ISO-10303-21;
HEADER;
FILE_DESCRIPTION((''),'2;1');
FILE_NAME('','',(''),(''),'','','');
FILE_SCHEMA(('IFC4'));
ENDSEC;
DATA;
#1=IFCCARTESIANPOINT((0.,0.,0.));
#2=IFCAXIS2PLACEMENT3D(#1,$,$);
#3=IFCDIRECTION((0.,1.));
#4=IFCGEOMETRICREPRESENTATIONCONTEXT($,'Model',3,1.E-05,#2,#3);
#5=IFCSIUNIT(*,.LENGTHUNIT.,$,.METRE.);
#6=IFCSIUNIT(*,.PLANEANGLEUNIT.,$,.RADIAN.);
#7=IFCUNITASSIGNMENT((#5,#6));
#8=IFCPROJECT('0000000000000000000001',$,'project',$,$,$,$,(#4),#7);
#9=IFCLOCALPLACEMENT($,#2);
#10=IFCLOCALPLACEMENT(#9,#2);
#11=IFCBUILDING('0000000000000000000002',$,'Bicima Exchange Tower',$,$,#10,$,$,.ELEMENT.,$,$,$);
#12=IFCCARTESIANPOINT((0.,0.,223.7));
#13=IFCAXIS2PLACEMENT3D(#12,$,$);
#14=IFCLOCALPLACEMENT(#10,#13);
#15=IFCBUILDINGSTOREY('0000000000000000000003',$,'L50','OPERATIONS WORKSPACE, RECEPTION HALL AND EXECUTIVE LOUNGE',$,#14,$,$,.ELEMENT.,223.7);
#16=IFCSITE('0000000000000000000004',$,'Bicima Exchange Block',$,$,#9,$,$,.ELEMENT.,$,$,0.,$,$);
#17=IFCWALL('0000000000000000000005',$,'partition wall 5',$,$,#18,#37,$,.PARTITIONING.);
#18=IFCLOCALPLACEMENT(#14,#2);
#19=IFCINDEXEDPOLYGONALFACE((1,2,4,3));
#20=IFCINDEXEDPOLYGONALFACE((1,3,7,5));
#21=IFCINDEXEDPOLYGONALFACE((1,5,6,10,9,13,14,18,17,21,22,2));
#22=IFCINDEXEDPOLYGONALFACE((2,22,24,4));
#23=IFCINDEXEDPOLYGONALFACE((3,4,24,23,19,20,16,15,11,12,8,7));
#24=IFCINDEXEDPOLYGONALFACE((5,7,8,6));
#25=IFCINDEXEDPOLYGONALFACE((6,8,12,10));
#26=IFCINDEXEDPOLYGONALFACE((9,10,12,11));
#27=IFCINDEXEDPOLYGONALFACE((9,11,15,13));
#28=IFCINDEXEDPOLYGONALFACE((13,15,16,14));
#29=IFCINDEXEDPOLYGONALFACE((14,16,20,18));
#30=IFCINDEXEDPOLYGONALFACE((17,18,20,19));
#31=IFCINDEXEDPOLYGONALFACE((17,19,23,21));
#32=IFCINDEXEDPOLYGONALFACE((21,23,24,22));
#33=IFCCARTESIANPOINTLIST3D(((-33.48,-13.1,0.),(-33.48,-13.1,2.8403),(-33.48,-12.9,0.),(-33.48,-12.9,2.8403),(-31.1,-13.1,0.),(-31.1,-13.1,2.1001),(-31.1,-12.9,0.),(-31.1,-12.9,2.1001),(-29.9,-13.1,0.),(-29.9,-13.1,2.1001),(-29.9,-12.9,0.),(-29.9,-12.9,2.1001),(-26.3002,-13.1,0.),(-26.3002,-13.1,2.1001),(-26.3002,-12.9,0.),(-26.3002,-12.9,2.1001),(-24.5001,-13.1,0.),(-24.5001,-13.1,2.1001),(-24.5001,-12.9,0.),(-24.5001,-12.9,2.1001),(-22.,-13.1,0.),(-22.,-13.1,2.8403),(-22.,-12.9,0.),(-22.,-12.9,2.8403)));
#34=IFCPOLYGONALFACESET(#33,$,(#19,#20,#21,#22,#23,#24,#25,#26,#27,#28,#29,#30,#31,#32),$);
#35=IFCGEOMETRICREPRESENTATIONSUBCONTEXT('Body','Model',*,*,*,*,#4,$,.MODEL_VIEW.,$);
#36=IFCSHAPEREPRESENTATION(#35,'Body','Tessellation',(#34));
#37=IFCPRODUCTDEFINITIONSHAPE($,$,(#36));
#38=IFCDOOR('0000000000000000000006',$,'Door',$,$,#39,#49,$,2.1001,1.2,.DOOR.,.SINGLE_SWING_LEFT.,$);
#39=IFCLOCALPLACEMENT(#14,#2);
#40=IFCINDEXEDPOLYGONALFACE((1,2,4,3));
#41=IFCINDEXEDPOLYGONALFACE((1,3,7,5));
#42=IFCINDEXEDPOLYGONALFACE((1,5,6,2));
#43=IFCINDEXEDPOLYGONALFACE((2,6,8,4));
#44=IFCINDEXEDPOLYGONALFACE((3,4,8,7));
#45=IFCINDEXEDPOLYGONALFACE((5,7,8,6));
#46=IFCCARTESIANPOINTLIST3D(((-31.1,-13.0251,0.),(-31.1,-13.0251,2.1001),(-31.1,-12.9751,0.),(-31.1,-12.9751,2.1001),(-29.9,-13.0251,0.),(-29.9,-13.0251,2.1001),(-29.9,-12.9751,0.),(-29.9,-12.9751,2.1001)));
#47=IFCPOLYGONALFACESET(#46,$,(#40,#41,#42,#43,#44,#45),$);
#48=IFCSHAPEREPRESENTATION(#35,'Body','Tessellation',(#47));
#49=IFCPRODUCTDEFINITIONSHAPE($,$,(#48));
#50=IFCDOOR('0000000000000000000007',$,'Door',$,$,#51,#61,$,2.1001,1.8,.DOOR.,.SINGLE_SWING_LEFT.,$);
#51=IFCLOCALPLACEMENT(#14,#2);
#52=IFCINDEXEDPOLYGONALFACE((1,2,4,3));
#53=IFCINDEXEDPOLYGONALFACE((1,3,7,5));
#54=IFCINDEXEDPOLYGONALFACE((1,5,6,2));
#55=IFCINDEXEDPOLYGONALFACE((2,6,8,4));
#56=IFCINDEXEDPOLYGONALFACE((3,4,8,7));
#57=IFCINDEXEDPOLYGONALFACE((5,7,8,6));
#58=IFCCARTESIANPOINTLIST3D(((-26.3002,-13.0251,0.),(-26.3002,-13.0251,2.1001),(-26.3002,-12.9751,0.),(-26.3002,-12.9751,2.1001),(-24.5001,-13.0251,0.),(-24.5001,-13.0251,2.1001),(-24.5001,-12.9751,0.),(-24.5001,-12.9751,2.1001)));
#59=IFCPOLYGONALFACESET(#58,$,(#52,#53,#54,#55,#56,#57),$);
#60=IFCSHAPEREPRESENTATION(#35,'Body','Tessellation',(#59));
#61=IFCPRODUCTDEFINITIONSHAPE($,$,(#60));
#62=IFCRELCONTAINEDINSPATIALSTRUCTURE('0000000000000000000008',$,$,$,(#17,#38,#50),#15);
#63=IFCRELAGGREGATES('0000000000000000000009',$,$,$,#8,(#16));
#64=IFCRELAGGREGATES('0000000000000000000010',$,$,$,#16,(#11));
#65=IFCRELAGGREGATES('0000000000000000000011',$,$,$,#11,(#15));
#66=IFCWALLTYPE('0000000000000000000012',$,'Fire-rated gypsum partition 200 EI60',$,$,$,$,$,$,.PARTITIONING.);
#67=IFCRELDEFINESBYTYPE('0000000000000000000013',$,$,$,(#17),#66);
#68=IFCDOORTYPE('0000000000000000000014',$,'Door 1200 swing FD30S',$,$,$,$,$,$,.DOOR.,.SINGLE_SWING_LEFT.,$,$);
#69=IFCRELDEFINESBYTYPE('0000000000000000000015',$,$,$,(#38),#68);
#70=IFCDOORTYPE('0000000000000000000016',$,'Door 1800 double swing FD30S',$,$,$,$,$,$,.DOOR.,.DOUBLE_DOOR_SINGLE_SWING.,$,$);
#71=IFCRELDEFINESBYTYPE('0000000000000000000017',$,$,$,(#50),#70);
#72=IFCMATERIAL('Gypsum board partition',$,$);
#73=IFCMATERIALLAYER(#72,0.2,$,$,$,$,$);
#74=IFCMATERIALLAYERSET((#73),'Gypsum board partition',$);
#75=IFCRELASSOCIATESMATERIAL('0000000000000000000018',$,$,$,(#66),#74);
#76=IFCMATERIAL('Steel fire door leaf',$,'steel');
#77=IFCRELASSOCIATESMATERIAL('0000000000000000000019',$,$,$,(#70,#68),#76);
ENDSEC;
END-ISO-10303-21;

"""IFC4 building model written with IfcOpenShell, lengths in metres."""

from ifc_helpers import new_model, si_unit, direction, frame, frame_2d, origin, place, context, subcontext, project, spatial, rectangle, extrude, material, layer, layer_set, type_object, element, fill, save


model = new_model("IFC4")

# Units and contexts
model_context = context("Model", 3, precision=1e-05, world=origin(), true_north=direction((0.0, 1.0)))
body_context = subcontext(model_context, "Body", "Model", "MODEL_VIEW")
ifc_project = project(units=[si_unit("LENGTHUNIT", "METRE"), si_unit("PLANEANGLEUNIT", "RADIAN")], contexts=[model_context])

# Site, building, storey
site_placement = place(None, origin())
site = spatial("IfcSite", under=ifc_project, at=site_placement, Name="Bicima Exchange Block", CompositionType="ELEMENT", RefElevation=0.0)
building_placement = place(site_placement, origin())
building = spatial("IfcBuilding", under=site, at=building_placement, Name="Bicima Exchange Tower", CompositionType="ELEMENT")
storey_placement = place(building_placement, frame((0.0, 0.0, 223.7)))
storey = spatial("IfcBuildingStorey", under=building, at=storey_placement, Name="L50", Description="OPERATIONS WORKSPACE, RECEPTION HALL AND EXECUTIVE LOUNGE", CompositionType="ELEMENT", Elevation=223.7)

# Shared definitions
ifc_material_1 = material(Name="Gypsum board partition")
ifc_layer = layer(ifc_material_1, 0.2)
ifc_layer_set = layer_set([ifc_layer], Name="Gypsum board partition")
wall_type = type_object("IfcWallType", Name="Fire-rated gypsum partition 200 EI60", PredefinedType="PARTITIONING", material=ifc_layer_set)
ifc_material_2 = material(Name="Steel fire door leaf", Category="steel")
door_type_1 = type_object("IfcDoorType", Name="Door 1800 double swing FD30S", OperationType="DOUBLE_DOOR_SINGLE_SWING", PredefinedType="DOOR", material=ifc_material_2)

# Wall, openings, doors
wall_1_placement = place(storey_placement, frame((-33.48, -13.0, 0.0), z_axis=(0.0, 0.0, 1.0), x_axis=(1.0, 0.0, 0.0)))
wall_1 = element("IfcWall", 1, at=wall_1_placement, inside=storey, type_object=wall_type, Name="partition wall 5", PredefinedType="PARTITIONING", context=body_context, shape_type="SweptSolid", body=[
    extrude(rectangle(XDim=11.48, YDim=0.2, at=frame_2d((5.74, 0.0))), origin(), (0.0, 0.0, 1.0), 2.8403),
])
opening_1_placement = place(wall_1_placement, frame((2.3799, 0.0, 0.0)))
opening_1 = element("IfcOpeningElement", 2, at=opening_1_placement, cuts=wall_1, PredefinedType="OPENING", context=body_context, shape_type="SweptSolid", body=[
    extrude(rectangle(XDim=1.2, YDim=2.1001, at=frame_2d((0.6001, 1.05))), frame((0.0, 0.1118, 0.0), z_axis=(0.0, -1.0, 0.0), x_axis=(1.0, 0.0, 0.0)), (0.0, 0.0, 1.0), 0.2239),
])
opening_2_placement = place(wall_1_placement, frame((7.1799, 0.0, 0.0)))
opening_2 = element("IfcOpeningElement", 3, at=opening_2_placement, cuts=wall_1, PredefinedType="OPENING", context=body_context, shape_type="SweptSolid", body=[
    extrude(rectangle(XDim=1.8, YDim=2.1001, at=frame_2d((0.8999, 1.05))), frame((0.0, 0.1118, 0.0), z_axis=(0.0, -1.0, 0.0), x_axis=(1.0, 0.0, 0.0)), (0.0, 0.0, 1.0), 0.2239),
])
door_type_2 = type_object("IfcDoorType", Name="Door 1200 swing FD30S", OperationType="SINGLE_SWING_LEFT", PredefinedType="DOOR", material=ifc_material_2)
door_1_placement = place(opening_1_placement, origin())
door_1 = element("IfcDoor", 4, at=door_1_placement, inside=storey, type_object=door_type_2, Name="Door", OperationType="SINGLE_SWING_LEFT", OverallHeight=2.1001, OverallWidth=1.2, PredefinedType="DOOR", context=body_context, shape_type="SweptSolid", body=[
    extrude(rectangle(XDim=1.2, YDim=2.1001, at=frame_2d((0.6001, 1.05))), frame((0.0, 0.0249, 0.0), z_axis=(0.0, -1.0, 0.0), x_axis=(1.0, 0.0, 0.0)), (0.0, 0.0, 1.0), 0.05),
])
fill(opening_1, door_1)
door_2_placement = place(opening_2_placement, origin())
door_2 = element("IfcDoor", 5, at=door_2_placement, inside=storey, type_object=door_type_1, Name="Door", OperationType="SINGLE_SWING_LEFT", OverallHeight=2.1001, OverallWidth=1.8, PredefinedType="DOOR", context=body_context, shape_type="SweptSolid", body=[
    extrude(rectangle(XDim=1.8, YDim=2.1001, at=frame_2d((0.8999, 1.05))), frame((0.0, 0.0249, 0.0), z_axis=(0.0, -1.0, 0.0), x_axis=(1.0, 0.0, 0.0)), (0.0, 0.0, 1.0), 0.05),
])
fill(opening_2, door_2)

save(model, "model.ifc")
